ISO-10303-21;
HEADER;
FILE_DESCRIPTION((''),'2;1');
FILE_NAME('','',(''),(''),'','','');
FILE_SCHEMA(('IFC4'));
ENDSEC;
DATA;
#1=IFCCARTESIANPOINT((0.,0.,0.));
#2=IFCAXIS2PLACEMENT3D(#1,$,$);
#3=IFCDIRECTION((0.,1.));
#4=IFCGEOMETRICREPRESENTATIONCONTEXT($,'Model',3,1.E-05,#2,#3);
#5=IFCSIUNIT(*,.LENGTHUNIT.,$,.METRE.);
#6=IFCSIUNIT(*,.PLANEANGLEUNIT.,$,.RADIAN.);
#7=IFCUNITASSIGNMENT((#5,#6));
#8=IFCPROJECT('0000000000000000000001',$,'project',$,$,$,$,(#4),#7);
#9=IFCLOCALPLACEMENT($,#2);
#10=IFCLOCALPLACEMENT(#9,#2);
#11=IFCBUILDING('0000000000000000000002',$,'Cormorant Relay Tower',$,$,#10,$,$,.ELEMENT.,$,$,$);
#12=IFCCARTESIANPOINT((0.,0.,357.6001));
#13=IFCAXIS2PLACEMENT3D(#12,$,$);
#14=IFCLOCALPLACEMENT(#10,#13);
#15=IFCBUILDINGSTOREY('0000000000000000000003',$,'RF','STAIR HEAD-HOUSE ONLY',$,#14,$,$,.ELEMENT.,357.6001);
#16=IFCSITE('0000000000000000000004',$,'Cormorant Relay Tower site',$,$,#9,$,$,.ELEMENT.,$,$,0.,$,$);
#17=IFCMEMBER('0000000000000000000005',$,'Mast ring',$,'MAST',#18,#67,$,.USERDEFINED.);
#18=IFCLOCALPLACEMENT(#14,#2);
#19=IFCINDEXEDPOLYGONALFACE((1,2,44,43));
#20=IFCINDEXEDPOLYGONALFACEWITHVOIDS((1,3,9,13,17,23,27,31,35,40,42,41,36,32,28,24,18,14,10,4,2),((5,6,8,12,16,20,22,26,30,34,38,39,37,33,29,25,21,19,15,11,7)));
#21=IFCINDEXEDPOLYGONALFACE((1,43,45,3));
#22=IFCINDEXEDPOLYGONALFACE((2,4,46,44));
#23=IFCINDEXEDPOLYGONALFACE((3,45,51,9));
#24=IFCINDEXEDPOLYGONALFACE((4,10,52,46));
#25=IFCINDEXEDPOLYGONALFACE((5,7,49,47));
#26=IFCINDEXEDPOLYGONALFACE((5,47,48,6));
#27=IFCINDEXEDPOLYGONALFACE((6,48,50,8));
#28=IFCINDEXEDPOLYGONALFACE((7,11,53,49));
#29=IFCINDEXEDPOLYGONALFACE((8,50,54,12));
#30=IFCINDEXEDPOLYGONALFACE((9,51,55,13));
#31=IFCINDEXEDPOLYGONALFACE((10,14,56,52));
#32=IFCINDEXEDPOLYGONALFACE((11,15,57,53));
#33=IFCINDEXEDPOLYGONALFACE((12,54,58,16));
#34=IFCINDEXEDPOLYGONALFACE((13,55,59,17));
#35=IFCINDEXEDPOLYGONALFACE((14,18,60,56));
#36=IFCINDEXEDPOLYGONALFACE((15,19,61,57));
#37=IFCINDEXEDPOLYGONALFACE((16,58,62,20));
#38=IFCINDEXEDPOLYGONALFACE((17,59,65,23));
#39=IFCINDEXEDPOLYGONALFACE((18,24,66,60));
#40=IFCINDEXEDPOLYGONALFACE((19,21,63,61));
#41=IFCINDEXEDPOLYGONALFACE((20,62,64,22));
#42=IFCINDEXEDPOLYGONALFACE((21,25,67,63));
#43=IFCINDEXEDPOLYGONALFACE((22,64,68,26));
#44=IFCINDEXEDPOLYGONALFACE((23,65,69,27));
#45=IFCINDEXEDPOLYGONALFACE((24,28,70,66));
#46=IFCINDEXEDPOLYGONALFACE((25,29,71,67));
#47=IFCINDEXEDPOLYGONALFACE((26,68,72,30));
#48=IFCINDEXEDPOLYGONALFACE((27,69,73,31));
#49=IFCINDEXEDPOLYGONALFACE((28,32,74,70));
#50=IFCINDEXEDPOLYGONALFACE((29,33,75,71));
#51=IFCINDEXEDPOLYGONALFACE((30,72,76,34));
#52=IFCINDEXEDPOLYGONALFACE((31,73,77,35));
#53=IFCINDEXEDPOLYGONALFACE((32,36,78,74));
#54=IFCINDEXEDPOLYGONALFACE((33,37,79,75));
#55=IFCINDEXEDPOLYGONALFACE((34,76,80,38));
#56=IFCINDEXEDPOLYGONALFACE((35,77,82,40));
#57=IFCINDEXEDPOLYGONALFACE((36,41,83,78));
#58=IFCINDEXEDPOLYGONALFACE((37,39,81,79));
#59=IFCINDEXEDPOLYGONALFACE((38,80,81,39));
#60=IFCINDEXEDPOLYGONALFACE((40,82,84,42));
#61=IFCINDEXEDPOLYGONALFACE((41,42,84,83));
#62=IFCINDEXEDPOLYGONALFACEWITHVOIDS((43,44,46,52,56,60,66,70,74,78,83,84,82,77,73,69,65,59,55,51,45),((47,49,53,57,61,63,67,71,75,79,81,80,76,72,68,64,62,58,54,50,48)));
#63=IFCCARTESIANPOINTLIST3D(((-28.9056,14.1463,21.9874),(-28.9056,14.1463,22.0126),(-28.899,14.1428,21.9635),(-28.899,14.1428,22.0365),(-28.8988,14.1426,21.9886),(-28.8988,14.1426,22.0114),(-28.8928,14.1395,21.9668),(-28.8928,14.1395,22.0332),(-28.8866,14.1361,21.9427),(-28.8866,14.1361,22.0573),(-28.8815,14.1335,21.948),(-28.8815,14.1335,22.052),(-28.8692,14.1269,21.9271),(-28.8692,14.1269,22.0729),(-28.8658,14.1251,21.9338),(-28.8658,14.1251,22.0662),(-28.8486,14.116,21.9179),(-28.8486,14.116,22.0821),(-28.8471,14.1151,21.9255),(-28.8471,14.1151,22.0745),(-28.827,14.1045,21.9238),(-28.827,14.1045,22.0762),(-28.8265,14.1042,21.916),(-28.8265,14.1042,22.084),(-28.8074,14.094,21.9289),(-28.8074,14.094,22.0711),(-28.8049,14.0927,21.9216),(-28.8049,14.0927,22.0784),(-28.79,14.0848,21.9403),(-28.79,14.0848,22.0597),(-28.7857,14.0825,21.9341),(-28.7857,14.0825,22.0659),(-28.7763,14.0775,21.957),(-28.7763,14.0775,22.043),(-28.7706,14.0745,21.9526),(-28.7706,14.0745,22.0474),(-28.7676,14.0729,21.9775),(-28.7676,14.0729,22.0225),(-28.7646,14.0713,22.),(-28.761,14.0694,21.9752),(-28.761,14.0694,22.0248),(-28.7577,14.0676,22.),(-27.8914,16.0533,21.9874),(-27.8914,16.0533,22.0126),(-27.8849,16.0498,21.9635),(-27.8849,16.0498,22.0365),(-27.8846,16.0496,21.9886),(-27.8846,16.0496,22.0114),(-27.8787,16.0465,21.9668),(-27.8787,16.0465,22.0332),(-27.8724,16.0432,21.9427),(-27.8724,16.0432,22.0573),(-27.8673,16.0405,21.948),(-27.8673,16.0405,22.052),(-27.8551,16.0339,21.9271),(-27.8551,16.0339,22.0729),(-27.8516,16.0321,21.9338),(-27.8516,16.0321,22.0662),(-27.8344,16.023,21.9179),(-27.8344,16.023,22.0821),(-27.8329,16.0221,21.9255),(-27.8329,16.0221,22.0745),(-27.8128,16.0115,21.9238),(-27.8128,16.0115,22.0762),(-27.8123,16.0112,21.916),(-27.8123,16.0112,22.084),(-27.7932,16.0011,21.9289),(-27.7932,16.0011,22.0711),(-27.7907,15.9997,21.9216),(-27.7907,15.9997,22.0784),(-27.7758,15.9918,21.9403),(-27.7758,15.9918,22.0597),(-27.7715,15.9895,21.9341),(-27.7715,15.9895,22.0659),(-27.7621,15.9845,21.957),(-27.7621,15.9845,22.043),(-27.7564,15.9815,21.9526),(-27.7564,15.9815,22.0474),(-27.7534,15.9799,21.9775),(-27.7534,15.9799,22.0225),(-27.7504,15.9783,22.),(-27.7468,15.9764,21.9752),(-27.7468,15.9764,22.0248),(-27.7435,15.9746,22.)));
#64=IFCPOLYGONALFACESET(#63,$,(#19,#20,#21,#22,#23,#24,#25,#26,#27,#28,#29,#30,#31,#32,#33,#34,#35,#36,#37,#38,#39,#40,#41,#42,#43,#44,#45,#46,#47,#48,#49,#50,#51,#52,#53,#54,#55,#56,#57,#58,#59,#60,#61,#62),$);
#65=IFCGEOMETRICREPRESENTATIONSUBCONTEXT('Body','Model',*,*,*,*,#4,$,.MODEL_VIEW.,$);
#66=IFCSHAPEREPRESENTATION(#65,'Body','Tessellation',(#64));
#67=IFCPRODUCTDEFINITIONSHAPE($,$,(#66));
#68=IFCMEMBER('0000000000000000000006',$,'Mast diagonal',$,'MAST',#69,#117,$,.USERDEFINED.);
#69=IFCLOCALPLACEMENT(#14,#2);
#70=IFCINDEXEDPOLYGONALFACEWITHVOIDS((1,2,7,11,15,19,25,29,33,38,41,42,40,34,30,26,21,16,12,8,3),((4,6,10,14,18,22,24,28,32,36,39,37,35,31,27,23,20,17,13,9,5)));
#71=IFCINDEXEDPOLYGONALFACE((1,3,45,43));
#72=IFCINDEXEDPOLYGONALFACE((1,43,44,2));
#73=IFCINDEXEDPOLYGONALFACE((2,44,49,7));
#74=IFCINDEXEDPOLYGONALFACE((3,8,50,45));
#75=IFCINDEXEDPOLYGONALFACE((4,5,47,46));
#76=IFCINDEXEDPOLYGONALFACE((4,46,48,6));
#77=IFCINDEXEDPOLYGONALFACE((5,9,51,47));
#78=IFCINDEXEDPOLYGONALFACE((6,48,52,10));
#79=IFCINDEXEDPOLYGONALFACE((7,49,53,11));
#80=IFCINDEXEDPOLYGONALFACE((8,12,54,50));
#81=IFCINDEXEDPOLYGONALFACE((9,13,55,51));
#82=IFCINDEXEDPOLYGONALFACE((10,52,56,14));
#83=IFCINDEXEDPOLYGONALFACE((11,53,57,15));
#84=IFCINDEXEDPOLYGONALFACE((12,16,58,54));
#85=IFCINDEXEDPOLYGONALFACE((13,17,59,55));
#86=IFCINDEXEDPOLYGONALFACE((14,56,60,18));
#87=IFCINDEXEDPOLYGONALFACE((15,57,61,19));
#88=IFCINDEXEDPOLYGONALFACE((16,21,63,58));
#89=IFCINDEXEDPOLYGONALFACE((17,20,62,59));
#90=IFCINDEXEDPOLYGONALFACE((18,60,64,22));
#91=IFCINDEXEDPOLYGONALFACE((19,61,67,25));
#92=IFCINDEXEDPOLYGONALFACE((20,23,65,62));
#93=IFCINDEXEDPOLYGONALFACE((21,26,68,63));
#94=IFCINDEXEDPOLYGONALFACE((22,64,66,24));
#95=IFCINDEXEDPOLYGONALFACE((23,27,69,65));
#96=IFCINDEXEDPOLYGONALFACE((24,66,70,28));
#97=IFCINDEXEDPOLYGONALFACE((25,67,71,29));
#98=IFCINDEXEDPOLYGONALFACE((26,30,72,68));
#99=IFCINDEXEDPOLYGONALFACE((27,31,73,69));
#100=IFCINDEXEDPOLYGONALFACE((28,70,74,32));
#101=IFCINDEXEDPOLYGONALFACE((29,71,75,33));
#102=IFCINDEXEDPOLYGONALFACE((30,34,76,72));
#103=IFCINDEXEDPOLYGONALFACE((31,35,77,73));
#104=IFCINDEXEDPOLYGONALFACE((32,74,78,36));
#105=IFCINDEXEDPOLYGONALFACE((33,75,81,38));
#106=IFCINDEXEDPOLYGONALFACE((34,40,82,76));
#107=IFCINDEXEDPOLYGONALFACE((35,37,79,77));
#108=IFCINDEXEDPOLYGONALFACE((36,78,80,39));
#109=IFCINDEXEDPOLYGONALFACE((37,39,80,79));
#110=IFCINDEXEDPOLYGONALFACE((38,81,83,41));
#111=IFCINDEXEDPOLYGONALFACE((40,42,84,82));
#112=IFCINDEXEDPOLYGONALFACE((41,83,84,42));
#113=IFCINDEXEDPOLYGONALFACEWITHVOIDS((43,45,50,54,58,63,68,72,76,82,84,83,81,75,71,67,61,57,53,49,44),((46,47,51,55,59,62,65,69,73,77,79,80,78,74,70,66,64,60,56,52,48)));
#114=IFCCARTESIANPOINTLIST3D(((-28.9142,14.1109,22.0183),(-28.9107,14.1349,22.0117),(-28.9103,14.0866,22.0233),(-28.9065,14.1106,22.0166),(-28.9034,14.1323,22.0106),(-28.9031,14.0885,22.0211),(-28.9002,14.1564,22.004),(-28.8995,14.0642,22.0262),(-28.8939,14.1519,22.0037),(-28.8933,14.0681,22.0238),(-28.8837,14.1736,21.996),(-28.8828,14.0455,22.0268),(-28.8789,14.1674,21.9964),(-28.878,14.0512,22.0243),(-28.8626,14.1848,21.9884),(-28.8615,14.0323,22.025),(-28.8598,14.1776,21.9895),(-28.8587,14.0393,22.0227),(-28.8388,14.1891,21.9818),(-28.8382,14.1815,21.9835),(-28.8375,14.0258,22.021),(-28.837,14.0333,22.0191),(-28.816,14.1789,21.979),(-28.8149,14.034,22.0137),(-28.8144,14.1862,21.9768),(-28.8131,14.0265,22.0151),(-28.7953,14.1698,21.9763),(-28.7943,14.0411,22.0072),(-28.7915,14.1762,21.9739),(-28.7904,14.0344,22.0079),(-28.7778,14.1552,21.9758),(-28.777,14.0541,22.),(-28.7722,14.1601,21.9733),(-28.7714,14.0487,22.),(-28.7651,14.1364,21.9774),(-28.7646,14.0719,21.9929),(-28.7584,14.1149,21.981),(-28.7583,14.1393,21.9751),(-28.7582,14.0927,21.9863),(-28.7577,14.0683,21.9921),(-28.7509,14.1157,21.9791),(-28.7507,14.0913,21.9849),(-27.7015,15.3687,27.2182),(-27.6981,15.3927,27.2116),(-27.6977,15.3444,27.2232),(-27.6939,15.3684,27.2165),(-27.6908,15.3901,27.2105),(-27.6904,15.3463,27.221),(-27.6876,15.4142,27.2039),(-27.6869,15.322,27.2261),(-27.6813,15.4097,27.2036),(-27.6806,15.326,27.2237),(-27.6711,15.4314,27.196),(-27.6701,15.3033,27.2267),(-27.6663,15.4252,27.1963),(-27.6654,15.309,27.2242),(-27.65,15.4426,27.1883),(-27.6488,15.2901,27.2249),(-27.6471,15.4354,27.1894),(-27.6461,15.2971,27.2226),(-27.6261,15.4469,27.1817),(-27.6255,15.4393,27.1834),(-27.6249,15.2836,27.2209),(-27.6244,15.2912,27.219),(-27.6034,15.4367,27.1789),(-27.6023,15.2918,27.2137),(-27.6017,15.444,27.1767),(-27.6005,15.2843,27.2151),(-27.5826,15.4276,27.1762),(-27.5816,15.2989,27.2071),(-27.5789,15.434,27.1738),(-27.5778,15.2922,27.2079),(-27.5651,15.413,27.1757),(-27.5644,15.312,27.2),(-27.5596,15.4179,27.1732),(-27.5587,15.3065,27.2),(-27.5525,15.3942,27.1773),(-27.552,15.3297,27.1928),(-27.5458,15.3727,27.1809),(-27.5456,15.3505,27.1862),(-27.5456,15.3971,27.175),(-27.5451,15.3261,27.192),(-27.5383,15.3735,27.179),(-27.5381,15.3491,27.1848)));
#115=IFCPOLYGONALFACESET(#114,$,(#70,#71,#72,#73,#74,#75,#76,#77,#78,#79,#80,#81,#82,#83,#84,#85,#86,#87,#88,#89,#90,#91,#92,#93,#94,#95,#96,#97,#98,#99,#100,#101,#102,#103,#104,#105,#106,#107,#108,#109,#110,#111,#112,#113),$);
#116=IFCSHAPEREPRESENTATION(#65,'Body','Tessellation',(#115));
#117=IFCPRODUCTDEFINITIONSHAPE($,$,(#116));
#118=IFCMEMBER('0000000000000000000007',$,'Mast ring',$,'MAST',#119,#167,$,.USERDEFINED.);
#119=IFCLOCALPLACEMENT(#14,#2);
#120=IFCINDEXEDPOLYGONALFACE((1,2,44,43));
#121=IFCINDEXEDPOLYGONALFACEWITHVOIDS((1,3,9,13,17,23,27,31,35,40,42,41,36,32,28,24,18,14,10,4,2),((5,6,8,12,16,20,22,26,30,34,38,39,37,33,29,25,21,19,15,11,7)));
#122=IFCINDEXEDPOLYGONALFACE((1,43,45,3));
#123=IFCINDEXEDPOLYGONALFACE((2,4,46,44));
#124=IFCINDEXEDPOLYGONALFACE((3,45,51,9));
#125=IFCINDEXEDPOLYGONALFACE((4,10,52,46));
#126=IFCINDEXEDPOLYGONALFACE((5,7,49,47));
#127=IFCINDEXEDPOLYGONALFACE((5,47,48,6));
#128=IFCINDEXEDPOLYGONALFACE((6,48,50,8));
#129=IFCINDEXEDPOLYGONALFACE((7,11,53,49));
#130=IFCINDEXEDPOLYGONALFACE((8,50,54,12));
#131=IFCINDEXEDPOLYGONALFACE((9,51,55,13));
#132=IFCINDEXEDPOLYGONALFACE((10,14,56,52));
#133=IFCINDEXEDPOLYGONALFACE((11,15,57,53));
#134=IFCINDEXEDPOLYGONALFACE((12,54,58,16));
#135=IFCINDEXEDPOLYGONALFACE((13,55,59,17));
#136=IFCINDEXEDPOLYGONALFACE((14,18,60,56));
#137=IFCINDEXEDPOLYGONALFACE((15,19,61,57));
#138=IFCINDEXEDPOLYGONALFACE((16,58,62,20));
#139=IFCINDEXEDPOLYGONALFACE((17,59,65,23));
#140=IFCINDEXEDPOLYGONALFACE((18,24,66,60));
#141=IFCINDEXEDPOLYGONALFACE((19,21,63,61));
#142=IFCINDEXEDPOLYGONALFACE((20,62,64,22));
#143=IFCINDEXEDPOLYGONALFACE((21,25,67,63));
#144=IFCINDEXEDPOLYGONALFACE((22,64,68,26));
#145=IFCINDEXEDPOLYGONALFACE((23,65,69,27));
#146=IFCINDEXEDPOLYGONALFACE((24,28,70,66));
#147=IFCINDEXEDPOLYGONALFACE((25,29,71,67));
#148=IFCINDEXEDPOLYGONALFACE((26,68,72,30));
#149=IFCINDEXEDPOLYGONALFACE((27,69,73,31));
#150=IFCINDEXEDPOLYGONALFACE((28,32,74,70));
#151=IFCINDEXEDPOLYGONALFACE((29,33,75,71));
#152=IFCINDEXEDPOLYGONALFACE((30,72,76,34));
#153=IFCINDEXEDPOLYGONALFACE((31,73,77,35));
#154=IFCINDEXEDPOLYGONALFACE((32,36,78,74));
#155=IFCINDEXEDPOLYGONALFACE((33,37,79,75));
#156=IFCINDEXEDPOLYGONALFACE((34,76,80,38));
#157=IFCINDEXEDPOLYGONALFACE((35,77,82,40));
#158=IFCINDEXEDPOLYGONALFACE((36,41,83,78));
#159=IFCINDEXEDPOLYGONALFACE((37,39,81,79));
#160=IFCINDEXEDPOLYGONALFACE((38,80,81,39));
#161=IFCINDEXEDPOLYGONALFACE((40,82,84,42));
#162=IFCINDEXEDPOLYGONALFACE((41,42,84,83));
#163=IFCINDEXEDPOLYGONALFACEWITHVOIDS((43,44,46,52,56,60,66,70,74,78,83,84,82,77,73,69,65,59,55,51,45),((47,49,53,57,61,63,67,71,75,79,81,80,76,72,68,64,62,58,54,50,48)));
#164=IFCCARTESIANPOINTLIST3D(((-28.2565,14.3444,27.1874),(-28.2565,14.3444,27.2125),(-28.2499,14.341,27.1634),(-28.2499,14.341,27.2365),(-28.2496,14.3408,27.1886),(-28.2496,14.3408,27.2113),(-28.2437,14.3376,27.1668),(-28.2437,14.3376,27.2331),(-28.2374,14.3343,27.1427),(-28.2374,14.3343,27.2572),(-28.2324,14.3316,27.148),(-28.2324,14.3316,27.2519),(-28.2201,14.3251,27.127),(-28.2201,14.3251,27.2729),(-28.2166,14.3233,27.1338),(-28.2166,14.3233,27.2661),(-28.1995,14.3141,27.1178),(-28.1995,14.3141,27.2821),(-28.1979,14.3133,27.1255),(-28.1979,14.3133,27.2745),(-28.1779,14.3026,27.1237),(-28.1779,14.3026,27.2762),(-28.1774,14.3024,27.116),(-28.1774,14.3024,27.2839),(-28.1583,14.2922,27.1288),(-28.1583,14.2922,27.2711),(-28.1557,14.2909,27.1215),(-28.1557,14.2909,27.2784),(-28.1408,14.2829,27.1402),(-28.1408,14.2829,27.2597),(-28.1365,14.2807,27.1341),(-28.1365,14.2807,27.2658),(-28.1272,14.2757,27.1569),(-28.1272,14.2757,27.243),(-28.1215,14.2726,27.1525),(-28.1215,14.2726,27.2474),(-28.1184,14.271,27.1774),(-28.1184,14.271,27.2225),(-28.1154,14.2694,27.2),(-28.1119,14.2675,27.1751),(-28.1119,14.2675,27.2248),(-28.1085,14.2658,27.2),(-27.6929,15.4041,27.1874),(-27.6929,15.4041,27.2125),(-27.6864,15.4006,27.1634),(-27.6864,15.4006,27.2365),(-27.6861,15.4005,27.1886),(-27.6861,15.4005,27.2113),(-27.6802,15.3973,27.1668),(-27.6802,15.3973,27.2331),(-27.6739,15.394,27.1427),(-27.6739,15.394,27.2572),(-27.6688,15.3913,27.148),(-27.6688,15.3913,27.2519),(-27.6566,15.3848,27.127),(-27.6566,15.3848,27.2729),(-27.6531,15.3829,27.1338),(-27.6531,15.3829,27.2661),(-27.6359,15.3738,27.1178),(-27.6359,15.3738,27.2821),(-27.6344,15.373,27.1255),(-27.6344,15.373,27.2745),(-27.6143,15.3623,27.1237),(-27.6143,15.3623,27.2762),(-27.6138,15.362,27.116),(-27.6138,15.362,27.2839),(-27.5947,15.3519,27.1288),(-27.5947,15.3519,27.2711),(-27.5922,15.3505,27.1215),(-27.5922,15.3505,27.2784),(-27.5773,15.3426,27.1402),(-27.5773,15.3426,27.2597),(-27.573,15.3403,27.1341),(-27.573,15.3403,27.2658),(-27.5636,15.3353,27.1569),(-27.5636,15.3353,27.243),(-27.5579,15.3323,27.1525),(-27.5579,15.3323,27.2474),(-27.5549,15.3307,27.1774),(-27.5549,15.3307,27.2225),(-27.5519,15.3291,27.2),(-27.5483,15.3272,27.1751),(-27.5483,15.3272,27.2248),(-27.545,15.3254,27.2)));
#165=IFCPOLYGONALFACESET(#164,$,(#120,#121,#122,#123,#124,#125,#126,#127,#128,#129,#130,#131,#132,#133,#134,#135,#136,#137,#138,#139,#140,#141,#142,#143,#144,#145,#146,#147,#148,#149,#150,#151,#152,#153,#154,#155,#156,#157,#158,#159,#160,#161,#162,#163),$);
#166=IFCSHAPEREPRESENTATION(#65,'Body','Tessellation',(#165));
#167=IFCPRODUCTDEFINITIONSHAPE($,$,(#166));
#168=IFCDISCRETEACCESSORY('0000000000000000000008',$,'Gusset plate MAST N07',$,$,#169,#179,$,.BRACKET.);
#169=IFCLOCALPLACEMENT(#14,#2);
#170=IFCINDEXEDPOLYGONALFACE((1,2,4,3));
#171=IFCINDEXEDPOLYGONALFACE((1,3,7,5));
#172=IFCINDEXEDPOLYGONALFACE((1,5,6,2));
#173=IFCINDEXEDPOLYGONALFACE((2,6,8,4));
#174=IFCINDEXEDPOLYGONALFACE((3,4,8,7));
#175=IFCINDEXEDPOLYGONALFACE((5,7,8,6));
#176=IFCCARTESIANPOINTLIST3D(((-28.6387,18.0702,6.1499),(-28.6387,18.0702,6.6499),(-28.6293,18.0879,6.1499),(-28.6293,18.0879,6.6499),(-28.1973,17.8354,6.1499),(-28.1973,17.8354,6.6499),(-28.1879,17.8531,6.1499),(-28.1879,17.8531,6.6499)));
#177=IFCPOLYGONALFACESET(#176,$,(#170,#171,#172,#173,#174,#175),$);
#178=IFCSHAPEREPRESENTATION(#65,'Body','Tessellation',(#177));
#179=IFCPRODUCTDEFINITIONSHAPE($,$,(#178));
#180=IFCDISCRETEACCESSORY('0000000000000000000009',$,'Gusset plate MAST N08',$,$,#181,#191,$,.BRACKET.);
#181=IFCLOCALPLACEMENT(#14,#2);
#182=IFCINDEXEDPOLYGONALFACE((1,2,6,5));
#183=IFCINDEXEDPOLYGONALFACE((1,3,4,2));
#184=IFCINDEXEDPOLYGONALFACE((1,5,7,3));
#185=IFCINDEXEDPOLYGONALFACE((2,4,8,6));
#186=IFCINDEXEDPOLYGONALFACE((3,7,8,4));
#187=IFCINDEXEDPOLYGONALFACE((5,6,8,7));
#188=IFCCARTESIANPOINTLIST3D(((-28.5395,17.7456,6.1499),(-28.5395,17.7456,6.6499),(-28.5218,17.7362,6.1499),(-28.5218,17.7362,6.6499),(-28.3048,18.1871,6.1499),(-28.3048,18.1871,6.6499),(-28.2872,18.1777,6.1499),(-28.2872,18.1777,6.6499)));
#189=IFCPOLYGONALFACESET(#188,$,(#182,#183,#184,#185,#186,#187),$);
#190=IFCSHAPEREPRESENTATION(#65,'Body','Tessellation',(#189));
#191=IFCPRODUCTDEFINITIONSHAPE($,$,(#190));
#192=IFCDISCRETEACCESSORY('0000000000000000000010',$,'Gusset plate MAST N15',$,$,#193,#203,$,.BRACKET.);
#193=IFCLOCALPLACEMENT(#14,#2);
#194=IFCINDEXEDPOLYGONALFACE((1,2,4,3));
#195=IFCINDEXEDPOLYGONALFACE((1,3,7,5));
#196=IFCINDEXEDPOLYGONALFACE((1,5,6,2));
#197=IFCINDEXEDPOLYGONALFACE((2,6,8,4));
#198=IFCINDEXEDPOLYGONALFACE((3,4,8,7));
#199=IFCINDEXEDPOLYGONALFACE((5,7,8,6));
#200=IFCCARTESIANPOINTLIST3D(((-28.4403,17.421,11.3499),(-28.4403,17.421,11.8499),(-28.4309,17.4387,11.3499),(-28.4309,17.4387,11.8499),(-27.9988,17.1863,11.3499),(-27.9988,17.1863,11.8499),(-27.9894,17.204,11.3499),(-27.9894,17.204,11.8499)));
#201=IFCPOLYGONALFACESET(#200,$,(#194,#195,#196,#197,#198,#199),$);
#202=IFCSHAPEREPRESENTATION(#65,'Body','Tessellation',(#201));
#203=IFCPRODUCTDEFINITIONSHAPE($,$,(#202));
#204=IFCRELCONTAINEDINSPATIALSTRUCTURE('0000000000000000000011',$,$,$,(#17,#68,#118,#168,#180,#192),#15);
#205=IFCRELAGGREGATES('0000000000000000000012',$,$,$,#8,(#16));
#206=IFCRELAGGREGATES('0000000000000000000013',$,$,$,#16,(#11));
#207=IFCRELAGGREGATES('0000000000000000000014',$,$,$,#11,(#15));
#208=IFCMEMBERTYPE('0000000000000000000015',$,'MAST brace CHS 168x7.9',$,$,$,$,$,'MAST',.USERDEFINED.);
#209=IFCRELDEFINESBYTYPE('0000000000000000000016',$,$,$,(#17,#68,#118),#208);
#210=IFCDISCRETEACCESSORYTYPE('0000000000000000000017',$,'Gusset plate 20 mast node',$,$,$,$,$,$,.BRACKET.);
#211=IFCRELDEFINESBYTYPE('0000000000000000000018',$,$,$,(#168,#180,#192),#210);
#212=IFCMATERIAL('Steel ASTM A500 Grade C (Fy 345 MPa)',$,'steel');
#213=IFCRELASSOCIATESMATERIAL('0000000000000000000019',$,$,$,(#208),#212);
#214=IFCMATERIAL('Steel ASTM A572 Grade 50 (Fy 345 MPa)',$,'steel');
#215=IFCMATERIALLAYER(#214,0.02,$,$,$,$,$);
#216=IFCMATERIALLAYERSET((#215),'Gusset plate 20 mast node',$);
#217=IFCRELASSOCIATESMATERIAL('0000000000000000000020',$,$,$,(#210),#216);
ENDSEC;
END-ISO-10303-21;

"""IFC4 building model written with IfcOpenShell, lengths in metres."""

from ifc_helpers import new_model, si_unit, direction, frame, origin, origin_2d, place, context, subcontext, project, spatial, rectangle, hollow_circle, extrude, material, layer, layer_set, material_profile, profile_set, type_object, element, save


model = new_model("IFC4")

# Units and contexts
model_context = context("Model", 3, precision=1e-05, world=origin(), true_north=direction((0.0, 1.0)))
body_context = subcontext(model_context, "Body", "Model", "MODEL_VIEW")
ifc_project = project(units=[si_unit("LENGTHUNIT", "METRE"), si_unit("PLANEANGLEUNIT", "RADIAN")], contexts=[model_context])

# Site, building, storey
site_placement = place(None, origin())
site = spatial("IfcSite", under=ifc_project, at=site_placement, Name="Cormorant Relay Tower site", CompositionType="ELEMENT", RefElevation=0.0)
building_placement = place(site_placement, origin())
building = spatial("IfcBuilding", under=site, at=building_placement, Name="Cormorant Relay Tower", CompositionType="ELEMENT")
storey_placement = place(building_placement, frame((0.0, 0.0, 357.6001)))
storey = spatial("IfcBuildingStorey", under=building, at=storey_placement, Name="RF", Description="STAIR HEAD-HOUSE ONLY", CompositionType="ELEMENT", Elevation=357.6001)

# Members
ifc_material_1 = material(Name="Steel ASTM A500 Grade C (Fy 345 MPa)", Category="steel")
ifc_material_profile = material_profile(ifc_material_1, hollow_circle(Radius=0.0842, WallThickness=0.0078, at=origin_2d()), Name="CHS 168x7.9")
ifc_profile_set = profile_set([ifc_material_profile], Name="Steel ASTM A500 Grade C (Fy 345 MPa)")
member_type = type_object("IfcMemberType", Name="MAST brace CHS 168x7.9", ElementType="MAST", PredefinedType="USERDEFINED", material=ifc_profile_set)
member_1_placement = place(storey_placement, frame((-27.8179, 16.0142, 22.0), z_axis=(-0.469544, -0.882909, 0.0), x_axis=(0.882909, -0.469544, 0.0)))
element("IfcMember", 1, at=member_1_placement, inside=storey, type_object=member_type, Name="Mast ring", ObjectType="MAST", PredefinedType="USERDEFINED", context=body_context, shape_type="SweptSolid", body=[
    extrude(hollow_circle(Radius=0.0842, WallThickness=0.0078, at=origin_2d()), origin(), (0.0, 0.0, 1.0), 2.1599),
])
member_2_placement = place(storey_placement, frame((-27.6194, 15.365, 27.2), z_axis=(-0.221059, -0.229292, -0.947923), x_axis=(0.719914, -0.694063, 0.0)))
element("IfcMember", 2, at=member_2_placement, inside=storey, type_object=member_type, Name="Mast diagonal", ObjectType="MAST", PredefinedType="USERDEFINED", context=body_context, shape_type="SweptSolid", body=[
    extrude(hollow_circle(Radius=0.0842, WallThickness=0.0078, at=origin_2d()), origin(), (0.0, 0.0, 1.0), 5.4856),
])
member_3_placement = place(storey_placement, frame((-27.6194, 15.365, 27.2), z_axis=(-0.469532, -0.882915, 0.0), x_axis=(0.882915, -0.469532, 0.0)))
element("IfcMember", 3, at=member_3_placement, inside=storey, type_object=member_type, Name="Mast ring", ObjectType="MAST", PredefinedType="USERDEFINED", context=body_context, shape_type="SweptSolid", body=[
    extrude(hollow_circle(Radius=0.0842, WallThickness=0.0078, at=origin_2d()), origin(), (0.0, 0.0, 1.0), 1.2002),
])

# Discrete accessories
ifc_material_2 = material(Name="Steel ASTM A572 Grade 50 (Fy 345 MPa)", Category="steel")
ifc_layer = layer(ifc_material_2, 0.02)
ifc_layer_set = layer_set([ifc_layer], Name="Gusset plate 20 mast node")
discrete_accessory_type = type_object("IfcDiscreteAccessoryType", Name="Gusset plate 20 mast node", PredefinedType="BRACKET", material=ifc_layer_set)
for number, where, z_axis, x_axis, name in (
    (4, (-28.4133, 17.9617, 6.1499), (0.0, 0.0, 1.0), (-0.882872, 0.469613, 0.0), "Gusset plate MAST N07"),
    (5, (-28.4133, 17.9617, 6.1499), (0.0, 0.0, 1.0), (0.469339, 0.883018, 0.0), "Gusset plate MAST N08"),
    (6, (-28.2148, 17.3125, 11.3499), (0.0, 0.0, 1.0), (-0.882946, 0.469475, 0.0), "Gusset plate MAST N15"),
):
    element("IfcDiscreteAccessory", number, at=place(storey_placement, frame(where, z_axis=z_axis, x_axis=x_axis)), inside=storey, type_object=discrete_accessory_type, Name=name, PredefinedType="BRACKET", context=body_context, shape_type="SweptSolid", body=[
        extrude(rectangle(XDim=0.5, YDim=0.02, at=origin_2d()), origin(), (0.0, 0.0, 1.0), 0.5),
    ])

save(model, "model.ifc")
